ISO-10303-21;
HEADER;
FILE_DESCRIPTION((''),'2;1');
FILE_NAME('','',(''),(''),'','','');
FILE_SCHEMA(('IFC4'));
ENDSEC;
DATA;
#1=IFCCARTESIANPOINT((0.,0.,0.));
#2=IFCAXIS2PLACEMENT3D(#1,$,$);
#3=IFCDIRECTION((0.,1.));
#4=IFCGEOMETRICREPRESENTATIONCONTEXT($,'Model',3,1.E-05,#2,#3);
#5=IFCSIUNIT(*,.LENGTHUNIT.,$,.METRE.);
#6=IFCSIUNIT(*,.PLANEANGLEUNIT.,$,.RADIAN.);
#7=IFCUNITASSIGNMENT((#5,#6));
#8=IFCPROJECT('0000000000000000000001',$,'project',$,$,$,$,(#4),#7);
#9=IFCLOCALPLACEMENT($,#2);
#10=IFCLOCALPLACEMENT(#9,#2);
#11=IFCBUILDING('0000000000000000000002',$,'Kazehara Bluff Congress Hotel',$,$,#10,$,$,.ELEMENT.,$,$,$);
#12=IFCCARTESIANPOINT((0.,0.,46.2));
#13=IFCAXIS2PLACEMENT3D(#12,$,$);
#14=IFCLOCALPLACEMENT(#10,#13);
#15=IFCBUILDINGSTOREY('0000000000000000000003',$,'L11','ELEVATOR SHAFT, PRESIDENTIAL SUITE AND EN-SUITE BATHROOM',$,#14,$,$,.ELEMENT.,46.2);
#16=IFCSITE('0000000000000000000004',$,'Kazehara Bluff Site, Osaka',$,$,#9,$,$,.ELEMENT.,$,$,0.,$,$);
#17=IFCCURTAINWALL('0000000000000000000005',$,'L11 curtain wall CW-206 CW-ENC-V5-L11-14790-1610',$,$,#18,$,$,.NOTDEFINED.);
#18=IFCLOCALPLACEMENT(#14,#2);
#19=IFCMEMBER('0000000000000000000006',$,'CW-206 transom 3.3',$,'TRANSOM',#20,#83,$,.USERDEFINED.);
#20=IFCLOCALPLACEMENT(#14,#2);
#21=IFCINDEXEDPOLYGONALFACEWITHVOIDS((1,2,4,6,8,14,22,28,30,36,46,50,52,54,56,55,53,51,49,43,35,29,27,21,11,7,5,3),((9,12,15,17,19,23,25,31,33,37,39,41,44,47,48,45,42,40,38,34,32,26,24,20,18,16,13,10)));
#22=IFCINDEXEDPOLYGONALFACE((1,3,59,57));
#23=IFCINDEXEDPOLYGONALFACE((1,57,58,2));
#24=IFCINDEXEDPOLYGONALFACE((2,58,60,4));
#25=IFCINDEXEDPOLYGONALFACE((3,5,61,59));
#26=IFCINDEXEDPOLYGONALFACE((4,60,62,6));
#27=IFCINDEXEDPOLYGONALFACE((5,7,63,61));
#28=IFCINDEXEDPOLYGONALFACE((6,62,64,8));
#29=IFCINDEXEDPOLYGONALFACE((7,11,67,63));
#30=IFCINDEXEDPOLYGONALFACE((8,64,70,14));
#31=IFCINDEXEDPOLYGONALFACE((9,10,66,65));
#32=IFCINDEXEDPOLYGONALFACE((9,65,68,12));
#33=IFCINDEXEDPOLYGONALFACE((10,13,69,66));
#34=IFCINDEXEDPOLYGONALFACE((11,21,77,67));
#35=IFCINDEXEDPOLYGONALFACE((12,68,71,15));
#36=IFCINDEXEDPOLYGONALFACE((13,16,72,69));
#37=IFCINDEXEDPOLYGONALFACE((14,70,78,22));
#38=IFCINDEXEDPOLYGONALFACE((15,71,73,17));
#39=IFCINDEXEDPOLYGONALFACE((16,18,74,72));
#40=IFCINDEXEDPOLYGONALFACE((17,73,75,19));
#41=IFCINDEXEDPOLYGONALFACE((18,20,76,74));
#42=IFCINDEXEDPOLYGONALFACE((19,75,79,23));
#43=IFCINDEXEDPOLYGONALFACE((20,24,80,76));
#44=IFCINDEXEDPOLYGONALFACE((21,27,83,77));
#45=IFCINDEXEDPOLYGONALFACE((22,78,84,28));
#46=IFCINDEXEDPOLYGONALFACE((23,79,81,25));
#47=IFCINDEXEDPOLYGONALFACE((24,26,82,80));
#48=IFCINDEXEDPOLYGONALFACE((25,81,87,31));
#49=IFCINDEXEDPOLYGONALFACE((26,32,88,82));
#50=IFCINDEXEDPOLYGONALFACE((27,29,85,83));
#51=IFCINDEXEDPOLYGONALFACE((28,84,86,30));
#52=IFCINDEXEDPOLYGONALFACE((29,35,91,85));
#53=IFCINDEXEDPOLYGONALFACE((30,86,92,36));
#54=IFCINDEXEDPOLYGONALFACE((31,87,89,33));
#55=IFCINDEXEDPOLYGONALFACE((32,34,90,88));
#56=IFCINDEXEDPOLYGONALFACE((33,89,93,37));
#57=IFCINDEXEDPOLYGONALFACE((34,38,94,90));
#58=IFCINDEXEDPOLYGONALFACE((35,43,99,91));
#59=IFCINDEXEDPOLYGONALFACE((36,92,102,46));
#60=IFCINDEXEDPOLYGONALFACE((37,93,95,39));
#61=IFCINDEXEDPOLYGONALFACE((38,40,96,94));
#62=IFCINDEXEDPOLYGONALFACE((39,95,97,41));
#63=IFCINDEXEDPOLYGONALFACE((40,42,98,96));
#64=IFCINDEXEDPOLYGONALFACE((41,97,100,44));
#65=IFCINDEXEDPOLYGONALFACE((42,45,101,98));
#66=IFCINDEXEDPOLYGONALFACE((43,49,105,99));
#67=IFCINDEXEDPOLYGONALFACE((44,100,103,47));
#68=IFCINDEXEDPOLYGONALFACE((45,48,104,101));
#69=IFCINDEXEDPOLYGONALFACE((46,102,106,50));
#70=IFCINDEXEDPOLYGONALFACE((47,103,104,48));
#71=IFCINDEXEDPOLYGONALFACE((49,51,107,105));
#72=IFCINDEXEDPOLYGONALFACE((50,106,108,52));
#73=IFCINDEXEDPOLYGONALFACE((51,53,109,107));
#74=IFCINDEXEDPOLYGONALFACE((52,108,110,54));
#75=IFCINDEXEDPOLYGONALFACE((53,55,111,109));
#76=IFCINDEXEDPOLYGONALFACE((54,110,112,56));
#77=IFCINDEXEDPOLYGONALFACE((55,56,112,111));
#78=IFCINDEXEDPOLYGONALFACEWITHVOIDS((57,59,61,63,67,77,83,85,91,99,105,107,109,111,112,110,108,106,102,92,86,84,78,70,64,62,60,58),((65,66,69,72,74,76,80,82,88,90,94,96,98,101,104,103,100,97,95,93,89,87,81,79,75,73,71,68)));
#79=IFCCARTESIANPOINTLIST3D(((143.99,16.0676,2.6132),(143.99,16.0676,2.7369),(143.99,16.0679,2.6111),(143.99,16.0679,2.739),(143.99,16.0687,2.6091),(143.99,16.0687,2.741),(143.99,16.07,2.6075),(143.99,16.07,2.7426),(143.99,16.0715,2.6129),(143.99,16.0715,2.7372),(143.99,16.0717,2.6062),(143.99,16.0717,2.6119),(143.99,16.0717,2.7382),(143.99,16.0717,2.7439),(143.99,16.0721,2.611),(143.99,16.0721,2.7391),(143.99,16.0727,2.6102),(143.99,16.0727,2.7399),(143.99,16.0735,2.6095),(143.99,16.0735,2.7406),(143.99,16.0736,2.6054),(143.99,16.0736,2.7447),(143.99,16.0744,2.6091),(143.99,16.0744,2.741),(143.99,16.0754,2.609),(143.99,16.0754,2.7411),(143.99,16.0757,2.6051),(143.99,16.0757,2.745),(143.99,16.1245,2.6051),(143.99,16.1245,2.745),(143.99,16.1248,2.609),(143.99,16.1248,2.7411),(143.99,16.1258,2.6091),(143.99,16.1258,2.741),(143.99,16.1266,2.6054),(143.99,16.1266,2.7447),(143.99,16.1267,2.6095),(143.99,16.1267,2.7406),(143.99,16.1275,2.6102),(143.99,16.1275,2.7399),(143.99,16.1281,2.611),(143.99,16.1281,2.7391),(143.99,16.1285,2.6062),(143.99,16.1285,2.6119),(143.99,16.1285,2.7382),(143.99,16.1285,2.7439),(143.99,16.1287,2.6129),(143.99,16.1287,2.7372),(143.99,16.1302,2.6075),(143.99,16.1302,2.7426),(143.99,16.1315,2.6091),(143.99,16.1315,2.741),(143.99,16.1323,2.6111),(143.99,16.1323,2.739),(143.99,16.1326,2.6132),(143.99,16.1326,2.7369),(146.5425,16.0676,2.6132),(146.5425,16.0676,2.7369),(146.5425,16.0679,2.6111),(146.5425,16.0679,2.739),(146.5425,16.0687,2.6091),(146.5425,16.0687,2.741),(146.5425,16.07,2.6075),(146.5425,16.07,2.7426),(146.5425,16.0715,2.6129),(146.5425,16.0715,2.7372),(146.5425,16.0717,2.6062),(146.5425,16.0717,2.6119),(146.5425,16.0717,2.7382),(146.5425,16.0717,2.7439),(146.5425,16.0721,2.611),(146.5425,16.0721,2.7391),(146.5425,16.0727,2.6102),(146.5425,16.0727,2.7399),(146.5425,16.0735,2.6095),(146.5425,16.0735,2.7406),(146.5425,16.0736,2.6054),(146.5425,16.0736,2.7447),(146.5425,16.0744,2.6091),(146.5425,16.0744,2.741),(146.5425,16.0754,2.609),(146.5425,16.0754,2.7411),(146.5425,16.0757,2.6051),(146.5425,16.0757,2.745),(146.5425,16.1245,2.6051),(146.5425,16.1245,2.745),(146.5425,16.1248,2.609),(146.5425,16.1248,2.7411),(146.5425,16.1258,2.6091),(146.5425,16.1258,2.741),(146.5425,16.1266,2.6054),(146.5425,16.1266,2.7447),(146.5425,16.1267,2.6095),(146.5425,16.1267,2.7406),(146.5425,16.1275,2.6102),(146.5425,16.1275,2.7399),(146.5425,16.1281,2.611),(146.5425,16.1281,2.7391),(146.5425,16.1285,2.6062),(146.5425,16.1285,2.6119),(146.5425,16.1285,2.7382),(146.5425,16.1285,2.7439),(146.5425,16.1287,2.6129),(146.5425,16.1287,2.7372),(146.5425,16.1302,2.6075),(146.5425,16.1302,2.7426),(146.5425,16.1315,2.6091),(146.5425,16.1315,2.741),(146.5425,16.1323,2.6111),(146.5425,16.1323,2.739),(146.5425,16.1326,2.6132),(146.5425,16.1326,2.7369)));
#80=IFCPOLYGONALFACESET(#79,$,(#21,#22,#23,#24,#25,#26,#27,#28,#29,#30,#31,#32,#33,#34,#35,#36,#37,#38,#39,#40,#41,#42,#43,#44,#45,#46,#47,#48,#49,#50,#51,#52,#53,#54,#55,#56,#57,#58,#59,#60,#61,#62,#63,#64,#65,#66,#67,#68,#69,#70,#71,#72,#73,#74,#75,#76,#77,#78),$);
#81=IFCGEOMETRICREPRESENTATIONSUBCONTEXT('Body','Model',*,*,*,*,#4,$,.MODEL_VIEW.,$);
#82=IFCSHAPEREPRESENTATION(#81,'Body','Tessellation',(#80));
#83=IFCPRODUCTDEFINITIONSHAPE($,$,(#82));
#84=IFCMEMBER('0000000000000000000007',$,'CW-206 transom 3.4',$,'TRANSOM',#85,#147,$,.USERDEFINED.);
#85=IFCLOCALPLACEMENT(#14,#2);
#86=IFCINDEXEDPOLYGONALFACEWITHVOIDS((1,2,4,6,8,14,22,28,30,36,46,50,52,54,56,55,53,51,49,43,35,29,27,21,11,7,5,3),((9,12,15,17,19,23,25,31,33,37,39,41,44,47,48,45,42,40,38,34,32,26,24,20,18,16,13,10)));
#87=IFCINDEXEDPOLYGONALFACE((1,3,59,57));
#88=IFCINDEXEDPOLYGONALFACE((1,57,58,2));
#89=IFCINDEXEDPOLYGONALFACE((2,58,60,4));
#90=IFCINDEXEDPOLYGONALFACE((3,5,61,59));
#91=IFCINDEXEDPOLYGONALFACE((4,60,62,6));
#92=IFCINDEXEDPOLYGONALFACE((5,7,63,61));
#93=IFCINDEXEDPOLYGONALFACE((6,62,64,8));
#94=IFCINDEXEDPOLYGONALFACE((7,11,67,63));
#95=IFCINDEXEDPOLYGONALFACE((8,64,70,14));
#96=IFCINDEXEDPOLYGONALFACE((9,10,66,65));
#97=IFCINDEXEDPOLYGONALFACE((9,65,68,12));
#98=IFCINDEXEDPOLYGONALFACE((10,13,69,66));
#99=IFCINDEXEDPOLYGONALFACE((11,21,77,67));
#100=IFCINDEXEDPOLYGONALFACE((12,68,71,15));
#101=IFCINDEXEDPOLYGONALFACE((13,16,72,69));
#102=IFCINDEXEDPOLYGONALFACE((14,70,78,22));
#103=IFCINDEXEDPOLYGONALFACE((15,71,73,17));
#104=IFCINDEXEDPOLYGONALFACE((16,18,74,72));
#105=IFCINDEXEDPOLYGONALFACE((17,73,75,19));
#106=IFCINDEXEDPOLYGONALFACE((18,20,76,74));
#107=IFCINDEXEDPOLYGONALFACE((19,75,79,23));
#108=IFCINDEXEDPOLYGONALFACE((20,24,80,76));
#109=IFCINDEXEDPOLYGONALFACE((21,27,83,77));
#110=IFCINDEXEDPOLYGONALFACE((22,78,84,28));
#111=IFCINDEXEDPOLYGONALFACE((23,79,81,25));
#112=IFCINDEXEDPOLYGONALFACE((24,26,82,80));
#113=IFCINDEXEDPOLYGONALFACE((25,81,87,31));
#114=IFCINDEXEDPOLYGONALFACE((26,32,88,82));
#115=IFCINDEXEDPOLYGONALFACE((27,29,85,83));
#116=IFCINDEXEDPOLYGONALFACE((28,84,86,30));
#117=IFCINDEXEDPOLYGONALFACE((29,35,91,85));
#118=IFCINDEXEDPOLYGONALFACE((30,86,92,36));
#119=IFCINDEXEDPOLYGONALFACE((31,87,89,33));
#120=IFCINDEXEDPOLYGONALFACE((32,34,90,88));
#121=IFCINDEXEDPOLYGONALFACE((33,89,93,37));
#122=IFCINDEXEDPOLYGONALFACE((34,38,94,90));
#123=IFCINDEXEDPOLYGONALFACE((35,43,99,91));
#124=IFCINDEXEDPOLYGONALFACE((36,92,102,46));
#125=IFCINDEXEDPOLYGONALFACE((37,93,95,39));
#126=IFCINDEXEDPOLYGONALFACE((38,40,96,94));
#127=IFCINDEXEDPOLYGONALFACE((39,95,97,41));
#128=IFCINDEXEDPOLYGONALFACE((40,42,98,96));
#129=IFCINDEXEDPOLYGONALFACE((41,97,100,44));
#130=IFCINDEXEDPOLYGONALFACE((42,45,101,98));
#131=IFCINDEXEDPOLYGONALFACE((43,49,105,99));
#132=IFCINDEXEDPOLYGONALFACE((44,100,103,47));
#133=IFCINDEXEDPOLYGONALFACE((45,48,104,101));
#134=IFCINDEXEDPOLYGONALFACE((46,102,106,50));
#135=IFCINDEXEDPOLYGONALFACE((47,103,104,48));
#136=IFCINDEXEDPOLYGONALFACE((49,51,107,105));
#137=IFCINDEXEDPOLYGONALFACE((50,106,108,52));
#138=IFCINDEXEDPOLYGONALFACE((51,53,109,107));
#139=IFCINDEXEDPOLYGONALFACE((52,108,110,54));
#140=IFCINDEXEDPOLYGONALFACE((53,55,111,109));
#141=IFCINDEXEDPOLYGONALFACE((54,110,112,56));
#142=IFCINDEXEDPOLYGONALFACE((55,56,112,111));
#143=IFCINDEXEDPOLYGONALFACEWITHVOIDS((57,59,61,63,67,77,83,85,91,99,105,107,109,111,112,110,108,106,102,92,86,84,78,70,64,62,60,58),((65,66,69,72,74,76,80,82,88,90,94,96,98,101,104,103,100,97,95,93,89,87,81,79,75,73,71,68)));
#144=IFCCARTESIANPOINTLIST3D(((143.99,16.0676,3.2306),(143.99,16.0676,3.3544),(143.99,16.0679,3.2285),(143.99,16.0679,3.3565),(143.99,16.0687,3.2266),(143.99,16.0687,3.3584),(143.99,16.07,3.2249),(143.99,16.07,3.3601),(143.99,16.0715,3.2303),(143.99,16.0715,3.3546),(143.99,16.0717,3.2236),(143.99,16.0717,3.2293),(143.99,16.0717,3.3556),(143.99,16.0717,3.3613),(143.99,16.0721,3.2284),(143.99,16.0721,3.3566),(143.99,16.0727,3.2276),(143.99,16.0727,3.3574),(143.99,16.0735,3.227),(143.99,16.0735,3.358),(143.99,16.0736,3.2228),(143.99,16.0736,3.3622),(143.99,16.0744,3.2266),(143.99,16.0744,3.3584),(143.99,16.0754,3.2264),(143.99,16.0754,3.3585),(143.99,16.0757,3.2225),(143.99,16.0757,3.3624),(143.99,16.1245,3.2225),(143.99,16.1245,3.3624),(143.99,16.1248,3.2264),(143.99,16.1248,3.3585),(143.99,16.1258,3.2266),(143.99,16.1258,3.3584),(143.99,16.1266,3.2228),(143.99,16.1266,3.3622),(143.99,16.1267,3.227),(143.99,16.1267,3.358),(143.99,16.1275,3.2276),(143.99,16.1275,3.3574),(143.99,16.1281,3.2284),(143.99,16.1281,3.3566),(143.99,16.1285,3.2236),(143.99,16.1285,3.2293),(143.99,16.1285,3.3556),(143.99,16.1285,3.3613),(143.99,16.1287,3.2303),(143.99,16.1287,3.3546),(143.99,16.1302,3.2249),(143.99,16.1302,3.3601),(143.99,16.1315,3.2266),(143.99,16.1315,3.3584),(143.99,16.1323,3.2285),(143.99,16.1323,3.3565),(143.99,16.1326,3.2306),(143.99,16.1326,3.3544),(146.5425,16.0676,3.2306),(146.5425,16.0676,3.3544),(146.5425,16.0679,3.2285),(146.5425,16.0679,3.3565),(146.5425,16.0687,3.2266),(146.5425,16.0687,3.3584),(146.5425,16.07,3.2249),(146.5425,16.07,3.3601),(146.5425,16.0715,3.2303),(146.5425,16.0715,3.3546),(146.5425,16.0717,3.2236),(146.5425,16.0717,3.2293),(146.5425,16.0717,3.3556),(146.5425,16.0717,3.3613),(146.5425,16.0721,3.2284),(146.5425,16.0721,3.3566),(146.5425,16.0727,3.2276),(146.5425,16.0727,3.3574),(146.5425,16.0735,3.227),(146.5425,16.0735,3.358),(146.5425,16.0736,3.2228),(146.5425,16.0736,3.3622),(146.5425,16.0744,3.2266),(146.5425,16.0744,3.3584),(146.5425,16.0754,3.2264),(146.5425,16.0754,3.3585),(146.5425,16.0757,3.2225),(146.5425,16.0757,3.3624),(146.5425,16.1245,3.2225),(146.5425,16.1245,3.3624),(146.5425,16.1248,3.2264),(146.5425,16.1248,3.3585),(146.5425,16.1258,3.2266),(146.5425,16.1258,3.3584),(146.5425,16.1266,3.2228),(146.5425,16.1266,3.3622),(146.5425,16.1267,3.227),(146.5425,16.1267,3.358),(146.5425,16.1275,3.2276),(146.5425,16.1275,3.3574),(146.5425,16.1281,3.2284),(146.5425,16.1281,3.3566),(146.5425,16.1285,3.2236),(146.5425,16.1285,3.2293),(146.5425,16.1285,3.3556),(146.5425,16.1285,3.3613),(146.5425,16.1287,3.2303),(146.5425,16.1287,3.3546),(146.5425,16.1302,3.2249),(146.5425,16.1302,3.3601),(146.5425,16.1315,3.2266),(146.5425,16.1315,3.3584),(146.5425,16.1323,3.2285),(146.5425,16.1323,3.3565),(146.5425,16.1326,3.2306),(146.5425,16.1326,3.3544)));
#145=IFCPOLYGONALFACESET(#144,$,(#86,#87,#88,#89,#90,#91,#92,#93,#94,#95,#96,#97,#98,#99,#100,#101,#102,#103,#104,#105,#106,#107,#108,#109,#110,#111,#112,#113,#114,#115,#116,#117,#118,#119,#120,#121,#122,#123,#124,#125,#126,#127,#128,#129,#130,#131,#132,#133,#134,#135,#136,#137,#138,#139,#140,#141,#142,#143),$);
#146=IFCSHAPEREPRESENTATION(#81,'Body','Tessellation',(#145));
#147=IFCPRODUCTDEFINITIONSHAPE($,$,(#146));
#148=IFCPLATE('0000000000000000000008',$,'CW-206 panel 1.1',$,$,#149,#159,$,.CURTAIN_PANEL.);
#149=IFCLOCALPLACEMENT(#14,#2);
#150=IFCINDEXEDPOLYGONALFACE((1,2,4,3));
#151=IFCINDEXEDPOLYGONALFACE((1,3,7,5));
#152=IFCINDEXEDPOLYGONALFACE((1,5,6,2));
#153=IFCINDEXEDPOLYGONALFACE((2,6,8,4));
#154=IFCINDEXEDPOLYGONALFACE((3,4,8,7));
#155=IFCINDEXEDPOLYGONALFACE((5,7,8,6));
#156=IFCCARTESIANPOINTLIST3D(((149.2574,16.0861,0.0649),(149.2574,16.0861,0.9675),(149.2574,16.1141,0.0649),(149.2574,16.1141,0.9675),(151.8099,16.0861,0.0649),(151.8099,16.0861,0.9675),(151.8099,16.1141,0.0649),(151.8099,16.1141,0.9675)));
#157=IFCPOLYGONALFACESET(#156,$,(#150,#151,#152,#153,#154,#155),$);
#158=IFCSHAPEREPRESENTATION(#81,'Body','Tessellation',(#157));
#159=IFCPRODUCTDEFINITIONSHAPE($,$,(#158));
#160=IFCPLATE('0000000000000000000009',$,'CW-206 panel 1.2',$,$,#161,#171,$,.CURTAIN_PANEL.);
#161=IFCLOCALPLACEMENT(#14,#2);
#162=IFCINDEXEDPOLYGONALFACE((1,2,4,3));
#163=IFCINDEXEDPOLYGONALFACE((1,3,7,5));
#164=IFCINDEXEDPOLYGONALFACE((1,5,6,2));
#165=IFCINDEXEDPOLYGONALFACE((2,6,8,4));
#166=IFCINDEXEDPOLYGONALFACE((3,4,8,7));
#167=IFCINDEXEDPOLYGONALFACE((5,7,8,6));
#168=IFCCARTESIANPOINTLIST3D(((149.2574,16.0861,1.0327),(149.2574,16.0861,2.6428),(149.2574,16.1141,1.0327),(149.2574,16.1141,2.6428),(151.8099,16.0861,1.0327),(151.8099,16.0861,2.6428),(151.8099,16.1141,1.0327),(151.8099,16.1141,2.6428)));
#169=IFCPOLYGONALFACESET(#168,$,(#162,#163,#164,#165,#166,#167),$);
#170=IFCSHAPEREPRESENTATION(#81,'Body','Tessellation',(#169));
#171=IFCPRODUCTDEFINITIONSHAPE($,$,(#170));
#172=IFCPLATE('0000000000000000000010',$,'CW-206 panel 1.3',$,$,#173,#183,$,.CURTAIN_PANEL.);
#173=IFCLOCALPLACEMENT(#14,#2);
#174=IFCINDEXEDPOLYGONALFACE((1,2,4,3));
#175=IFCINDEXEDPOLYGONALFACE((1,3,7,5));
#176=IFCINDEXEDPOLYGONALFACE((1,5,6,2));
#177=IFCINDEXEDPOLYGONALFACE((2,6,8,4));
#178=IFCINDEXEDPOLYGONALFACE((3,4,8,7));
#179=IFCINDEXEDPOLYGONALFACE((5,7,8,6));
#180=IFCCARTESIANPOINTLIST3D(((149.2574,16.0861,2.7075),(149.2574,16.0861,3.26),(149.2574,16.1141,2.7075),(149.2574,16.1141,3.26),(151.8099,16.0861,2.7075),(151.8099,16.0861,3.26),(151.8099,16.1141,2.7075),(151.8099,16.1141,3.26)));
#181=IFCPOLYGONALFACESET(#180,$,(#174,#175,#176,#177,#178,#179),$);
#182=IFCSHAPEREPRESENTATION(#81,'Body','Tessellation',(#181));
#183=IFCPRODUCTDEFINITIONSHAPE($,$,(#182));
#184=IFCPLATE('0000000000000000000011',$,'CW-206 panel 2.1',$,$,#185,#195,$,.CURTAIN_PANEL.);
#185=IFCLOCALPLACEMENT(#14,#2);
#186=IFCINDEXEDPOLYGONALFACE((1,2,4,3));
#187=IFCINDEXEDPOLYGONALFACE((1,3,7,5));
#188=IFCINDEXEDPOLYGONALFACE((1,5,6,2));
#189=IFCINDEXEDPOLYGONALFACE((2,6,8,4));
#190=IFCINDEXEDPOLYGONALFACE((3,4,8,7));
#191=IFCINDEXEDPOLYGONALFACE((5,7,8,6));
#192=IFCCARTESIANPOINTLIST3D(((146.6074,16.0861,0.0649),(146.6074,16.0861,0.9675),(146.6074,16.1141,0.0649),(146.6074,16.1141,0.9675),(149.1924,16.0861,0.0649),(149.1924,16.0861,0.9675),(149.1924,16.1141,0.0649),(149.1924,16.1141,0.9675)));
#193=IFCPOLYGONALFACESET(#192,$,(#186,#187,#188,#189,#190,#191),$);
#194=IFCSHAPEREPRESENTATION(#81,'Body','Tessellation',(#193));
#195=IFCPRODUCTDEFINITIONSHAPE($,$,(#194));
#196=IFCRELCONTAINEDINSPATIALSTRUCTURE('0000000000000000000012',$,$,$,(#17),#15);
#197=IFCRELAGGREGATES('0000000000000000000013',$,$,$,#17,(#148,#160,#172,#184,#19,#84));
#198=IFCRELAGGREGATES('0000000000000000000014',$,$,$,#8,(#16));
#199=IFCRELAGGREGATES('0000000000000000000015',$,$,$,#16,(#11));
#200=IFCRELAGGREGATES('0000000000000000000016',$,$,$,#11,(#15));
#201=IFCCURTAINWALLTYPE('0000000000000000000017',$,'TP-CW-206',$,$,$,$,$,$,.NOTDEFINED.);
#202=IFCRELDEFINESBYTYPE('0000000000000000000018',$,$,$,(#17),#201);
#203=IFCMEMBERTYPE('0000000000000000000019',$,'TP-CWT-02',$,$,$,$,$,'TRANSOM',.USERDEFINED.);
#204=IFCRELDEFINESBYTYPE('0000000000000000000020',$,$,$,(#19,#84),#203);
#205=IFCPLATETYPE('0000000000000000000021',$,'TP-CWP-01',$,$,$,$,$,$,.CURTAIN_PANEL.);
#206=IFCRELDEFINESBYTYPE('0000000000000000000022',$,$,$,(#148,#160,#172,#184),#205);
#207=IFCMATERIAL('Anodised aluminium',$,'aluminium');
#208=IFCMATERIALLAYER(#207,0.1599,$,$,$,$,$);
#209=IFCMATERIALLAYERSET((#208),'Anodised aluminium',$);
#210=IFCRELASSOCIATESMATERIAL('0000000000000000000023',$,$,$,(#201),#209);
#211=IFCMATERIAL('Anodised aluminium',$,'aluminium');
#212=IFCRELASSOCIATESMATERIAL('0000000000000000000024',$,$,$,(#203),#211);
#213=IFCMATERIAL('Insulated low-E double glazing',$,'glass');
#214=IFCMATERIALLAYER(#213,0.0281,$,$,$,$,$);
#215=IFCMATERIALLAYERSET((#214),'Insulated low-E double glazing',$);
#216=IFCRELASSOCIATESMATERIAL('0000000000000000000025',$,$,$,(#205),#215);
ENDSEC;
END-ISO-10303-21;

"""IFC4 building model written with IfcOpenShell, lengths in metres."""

from ifc_helpers import new_model, si_unit, direction, frame, origin, origin_2d, place, context, subcontext, project, spatial, rectangle, hollow_rectangle, extrude, material, layer, layer_set, material_profile, profile_set, type_object, element, aggregate, save


model = new_model("IFC4")

# Units and contexts
model_context = context("Model", 3, precision=1e-05, world=origin(), true_north=direction((0.0, 1.0)))
body_context = subcontext(model_context, "Body", "Model", "MODEL_VIEW")
ifc_project = project(units=[si_unit("LENGTHUNIT", "METRE"), si_unit("PLANEANGLEUNIT", "RADIAN")], contexts=[model_context])

# Site, building, storey
site_placement = place(None, origin())
site = spatial("IfcSite", under=ifc_project, at=site_placement, Name="Kazehara Bluff Site, Osaka", CompositionType="ELEMENT", RefElevation=0.0)
building_placement = place(site_placement, origin())
building = spatial("IfcBuilding", under=site, at=building_placement, Name="Kazehara Bluff Congress Hotel", CompositionType="ELEMENT")
storey_placement = place(building_placement, frame((0.0, 0.0, 46.2)))
storey = spatial("IfcBuildingStorey", under=building, at=storey_placement, Name="L11", Description="ELEVATOR SHAFT, PRESIDENTIAL SUITE AND EN-SUITE BATHROOM", CompositionType="ELEMENT", Elevation=46.2)

# Curtain wall, members, plates
ifc_material_1 = material(Name="Anodised aluminium", Category="aluminium")
ifc_layer_1 = layer(ifc_material_1, 0.1599)
ifc_layer_set_1 = layer_set([ifc_layer_1], Name="Anodised aluminium")
curtain_wall_type = type_object("IfcCurtainWallType", Name="TP-CW-206", PredefinedType="NOTDEFINED", material=ifc_layer_set_1)
curtain_wall_placement = place(storey_placement, origin())
curtain_wall = element("IfcCurtainWall", 1, at=curtain_wall_placement, inside=storey, type_object=curtain_wall_type, Name="L11 curtain wall CW-206 CW-ENC-V5-L11-14790-1610", PredefinedType="NOTDEFINED")
ifc_material_2 = material(Name="Anodised aluminium", Category="aluminium")
ifc_material_profile_1 = material_profile(ifc_material_2, hollow_rectangle(XDim=0.0649, YDim=0.1399, WallThickness=0.0039, InnerFilletRadius=0.0039, OuterFilletRadius=0.0081, at=origin_2d()))
ifc_profile_set_1 = profile_set([ifc_material_profile_1], Name="Anodised aluminium")
member_type_1 = type_object("IfcMemberType", Name="TP-CWT-02", ElementType="TRANSOM", PredefinedType="USERDEFINED", material=ifc_profile_set_1)
member_1_placement = place(storey_placement, frame((146.5425, 16.1001, 2.675), z_axis=(-1.0, 0.0, 0.0), x_axis=(0.0, -1.0, 0.0)))
member_1 = element("IfcMember", 2, at=member_1_placement, type_object=member_type_1, Name="CW-206 transom 3.3", ObjectType="TRANSOM", PredefinedType="USERDEFINED", context=body_context, shape_type="SweptSolid", body=[
    extrude(hollow_rectangle(XDim=0.0649, YDim=0.1399, WallThickness=0.0039, InnerFilletRadius=0.0039, OuterFilletRadius=0.0081, at=origin_2d()), origin(), (0.0, 0.0, 1.0), 2.5525),
])
member_2_placement = place(storey_placement, frame((146.5425, 16.1001, 3.2925), z_axis=(-1.0, 0.0, 0.0), x_axis=(0.0, -1.0, 0.0)))
member_2 = element("IfcMember", 3, at=member_2_placement, type_object=member_type_1, Name="CW-206 transom 3.4", ObjectType="TRANSOM", PredefinedType="USERDEFINED", context=body_context, shape_type="SweptSolid", body=[
    extrude(hollow_rectangle(XDim=0.0649, YDim=0.1399, WallThickness=0.0039, InnerFilletRadius=0.0039, OuterFilletRadius=0.0081, at=origin_2d()), origin(), (0.0, 0.0, 1.0), 2.5525),
])
ifc_material_3 = material(Name="Insulated low-E double glazing", Category="glass")
ifc_layer_2 = layer(ifc_material_3, 0.0281)
ifc_layer_set_2 = layer_set([ifc_layer_2], Name="Insulated low-E double glazing")
plate_type = type_object("IfcPlateType", Name="TP-CWP-01", PredefinedType="CURTAIN_PANEL", material=ifc_layer_set_2)
plate_1_placement = place(storey_placement, frame((150.5337, 16.1001, 0.0649), z_axis=(0.0, 0.0, 1.0), x_axis=(-1.0, 0.0, 0.0)))
plate_1 = element("IfcPlate", 4, at=plate_1_placement, type_object=plate_type, Name="CW-206 panel 1.1", PredefinedType="CURTAIN_PANEL", context=body_context, shape_type="SweptSolid", body=[
    extrude(rectangle(XDim=2.5525, YDim=0.0281, at=origin_2d()), origin(), (0.0, 0.0, 1.0), 0.9026),
])
plate_2_placement = place(storey_placement, frame((150.5337, 16.1001, 1.0327), z_axis=(0.0, 0.0, 1.0), x_axis=(-1.0, 0.0, 0.0)))
plate_2 = element("IfcPlate", 5, at=plate_2_placement, type_object=plate_type, Name="CW-206 panel 1.2", PredefinedType="CURTAIN_PANEL", context=body_context, shape_type="SweptSolid", body=[
    extrude(rectangle(XDim=2.5525, YDim=0.0281, at=origin_2d()), origin(), (0.0, 0.0, 1.0), 1.6101),
])
plate_3_placement = place(storey_placement, frame((150.5337, 16.1001, 2.7075), z_axis=(0.0, 0.0, 1.0), x_axis=(-1.0, 0.0, 0.0)))
plate_3 = element("IfcPlate", 6, at=plate_3_placement, type_object=plate_type, Name="CW-206 panel 1.3", PredefinedType="CURTAIN_PANEL", context=body_context, shape_type="SweptSolid", body=[
    extrude(rectangle(XDim=2.5525, YDim=0.0281, at=origin_2d()), origin(), (0.0, 0.0, 1.0), 0.5525),
])
plate_4_placement = place(storey_placement, frame((147.8999, 16.1001, 0.0649), z_axis=(0.0, 0.0, 1.0), x_axis=(-1.0, 0.0, 0.0)))
plate_4 = element("IfcPlate", 7, at=plate_4_placement, type_object=plate_type, Name="CW-206 panel 2.1", PredefinedType="CURTAIN_PANEL", context=body_context, shape_type="SweptSolid", body=[
    extrude(rectangle(XDim=2.585, YDim=0.0281, at=origin_2d()), origin(), (0.0, 0.0, 1.0), 0.9026),
])
aggregate(curtain_wall, [plate_1, plate_2, plate_3, plate_4, member_1, member_2])

save(model, "model.ifc")
